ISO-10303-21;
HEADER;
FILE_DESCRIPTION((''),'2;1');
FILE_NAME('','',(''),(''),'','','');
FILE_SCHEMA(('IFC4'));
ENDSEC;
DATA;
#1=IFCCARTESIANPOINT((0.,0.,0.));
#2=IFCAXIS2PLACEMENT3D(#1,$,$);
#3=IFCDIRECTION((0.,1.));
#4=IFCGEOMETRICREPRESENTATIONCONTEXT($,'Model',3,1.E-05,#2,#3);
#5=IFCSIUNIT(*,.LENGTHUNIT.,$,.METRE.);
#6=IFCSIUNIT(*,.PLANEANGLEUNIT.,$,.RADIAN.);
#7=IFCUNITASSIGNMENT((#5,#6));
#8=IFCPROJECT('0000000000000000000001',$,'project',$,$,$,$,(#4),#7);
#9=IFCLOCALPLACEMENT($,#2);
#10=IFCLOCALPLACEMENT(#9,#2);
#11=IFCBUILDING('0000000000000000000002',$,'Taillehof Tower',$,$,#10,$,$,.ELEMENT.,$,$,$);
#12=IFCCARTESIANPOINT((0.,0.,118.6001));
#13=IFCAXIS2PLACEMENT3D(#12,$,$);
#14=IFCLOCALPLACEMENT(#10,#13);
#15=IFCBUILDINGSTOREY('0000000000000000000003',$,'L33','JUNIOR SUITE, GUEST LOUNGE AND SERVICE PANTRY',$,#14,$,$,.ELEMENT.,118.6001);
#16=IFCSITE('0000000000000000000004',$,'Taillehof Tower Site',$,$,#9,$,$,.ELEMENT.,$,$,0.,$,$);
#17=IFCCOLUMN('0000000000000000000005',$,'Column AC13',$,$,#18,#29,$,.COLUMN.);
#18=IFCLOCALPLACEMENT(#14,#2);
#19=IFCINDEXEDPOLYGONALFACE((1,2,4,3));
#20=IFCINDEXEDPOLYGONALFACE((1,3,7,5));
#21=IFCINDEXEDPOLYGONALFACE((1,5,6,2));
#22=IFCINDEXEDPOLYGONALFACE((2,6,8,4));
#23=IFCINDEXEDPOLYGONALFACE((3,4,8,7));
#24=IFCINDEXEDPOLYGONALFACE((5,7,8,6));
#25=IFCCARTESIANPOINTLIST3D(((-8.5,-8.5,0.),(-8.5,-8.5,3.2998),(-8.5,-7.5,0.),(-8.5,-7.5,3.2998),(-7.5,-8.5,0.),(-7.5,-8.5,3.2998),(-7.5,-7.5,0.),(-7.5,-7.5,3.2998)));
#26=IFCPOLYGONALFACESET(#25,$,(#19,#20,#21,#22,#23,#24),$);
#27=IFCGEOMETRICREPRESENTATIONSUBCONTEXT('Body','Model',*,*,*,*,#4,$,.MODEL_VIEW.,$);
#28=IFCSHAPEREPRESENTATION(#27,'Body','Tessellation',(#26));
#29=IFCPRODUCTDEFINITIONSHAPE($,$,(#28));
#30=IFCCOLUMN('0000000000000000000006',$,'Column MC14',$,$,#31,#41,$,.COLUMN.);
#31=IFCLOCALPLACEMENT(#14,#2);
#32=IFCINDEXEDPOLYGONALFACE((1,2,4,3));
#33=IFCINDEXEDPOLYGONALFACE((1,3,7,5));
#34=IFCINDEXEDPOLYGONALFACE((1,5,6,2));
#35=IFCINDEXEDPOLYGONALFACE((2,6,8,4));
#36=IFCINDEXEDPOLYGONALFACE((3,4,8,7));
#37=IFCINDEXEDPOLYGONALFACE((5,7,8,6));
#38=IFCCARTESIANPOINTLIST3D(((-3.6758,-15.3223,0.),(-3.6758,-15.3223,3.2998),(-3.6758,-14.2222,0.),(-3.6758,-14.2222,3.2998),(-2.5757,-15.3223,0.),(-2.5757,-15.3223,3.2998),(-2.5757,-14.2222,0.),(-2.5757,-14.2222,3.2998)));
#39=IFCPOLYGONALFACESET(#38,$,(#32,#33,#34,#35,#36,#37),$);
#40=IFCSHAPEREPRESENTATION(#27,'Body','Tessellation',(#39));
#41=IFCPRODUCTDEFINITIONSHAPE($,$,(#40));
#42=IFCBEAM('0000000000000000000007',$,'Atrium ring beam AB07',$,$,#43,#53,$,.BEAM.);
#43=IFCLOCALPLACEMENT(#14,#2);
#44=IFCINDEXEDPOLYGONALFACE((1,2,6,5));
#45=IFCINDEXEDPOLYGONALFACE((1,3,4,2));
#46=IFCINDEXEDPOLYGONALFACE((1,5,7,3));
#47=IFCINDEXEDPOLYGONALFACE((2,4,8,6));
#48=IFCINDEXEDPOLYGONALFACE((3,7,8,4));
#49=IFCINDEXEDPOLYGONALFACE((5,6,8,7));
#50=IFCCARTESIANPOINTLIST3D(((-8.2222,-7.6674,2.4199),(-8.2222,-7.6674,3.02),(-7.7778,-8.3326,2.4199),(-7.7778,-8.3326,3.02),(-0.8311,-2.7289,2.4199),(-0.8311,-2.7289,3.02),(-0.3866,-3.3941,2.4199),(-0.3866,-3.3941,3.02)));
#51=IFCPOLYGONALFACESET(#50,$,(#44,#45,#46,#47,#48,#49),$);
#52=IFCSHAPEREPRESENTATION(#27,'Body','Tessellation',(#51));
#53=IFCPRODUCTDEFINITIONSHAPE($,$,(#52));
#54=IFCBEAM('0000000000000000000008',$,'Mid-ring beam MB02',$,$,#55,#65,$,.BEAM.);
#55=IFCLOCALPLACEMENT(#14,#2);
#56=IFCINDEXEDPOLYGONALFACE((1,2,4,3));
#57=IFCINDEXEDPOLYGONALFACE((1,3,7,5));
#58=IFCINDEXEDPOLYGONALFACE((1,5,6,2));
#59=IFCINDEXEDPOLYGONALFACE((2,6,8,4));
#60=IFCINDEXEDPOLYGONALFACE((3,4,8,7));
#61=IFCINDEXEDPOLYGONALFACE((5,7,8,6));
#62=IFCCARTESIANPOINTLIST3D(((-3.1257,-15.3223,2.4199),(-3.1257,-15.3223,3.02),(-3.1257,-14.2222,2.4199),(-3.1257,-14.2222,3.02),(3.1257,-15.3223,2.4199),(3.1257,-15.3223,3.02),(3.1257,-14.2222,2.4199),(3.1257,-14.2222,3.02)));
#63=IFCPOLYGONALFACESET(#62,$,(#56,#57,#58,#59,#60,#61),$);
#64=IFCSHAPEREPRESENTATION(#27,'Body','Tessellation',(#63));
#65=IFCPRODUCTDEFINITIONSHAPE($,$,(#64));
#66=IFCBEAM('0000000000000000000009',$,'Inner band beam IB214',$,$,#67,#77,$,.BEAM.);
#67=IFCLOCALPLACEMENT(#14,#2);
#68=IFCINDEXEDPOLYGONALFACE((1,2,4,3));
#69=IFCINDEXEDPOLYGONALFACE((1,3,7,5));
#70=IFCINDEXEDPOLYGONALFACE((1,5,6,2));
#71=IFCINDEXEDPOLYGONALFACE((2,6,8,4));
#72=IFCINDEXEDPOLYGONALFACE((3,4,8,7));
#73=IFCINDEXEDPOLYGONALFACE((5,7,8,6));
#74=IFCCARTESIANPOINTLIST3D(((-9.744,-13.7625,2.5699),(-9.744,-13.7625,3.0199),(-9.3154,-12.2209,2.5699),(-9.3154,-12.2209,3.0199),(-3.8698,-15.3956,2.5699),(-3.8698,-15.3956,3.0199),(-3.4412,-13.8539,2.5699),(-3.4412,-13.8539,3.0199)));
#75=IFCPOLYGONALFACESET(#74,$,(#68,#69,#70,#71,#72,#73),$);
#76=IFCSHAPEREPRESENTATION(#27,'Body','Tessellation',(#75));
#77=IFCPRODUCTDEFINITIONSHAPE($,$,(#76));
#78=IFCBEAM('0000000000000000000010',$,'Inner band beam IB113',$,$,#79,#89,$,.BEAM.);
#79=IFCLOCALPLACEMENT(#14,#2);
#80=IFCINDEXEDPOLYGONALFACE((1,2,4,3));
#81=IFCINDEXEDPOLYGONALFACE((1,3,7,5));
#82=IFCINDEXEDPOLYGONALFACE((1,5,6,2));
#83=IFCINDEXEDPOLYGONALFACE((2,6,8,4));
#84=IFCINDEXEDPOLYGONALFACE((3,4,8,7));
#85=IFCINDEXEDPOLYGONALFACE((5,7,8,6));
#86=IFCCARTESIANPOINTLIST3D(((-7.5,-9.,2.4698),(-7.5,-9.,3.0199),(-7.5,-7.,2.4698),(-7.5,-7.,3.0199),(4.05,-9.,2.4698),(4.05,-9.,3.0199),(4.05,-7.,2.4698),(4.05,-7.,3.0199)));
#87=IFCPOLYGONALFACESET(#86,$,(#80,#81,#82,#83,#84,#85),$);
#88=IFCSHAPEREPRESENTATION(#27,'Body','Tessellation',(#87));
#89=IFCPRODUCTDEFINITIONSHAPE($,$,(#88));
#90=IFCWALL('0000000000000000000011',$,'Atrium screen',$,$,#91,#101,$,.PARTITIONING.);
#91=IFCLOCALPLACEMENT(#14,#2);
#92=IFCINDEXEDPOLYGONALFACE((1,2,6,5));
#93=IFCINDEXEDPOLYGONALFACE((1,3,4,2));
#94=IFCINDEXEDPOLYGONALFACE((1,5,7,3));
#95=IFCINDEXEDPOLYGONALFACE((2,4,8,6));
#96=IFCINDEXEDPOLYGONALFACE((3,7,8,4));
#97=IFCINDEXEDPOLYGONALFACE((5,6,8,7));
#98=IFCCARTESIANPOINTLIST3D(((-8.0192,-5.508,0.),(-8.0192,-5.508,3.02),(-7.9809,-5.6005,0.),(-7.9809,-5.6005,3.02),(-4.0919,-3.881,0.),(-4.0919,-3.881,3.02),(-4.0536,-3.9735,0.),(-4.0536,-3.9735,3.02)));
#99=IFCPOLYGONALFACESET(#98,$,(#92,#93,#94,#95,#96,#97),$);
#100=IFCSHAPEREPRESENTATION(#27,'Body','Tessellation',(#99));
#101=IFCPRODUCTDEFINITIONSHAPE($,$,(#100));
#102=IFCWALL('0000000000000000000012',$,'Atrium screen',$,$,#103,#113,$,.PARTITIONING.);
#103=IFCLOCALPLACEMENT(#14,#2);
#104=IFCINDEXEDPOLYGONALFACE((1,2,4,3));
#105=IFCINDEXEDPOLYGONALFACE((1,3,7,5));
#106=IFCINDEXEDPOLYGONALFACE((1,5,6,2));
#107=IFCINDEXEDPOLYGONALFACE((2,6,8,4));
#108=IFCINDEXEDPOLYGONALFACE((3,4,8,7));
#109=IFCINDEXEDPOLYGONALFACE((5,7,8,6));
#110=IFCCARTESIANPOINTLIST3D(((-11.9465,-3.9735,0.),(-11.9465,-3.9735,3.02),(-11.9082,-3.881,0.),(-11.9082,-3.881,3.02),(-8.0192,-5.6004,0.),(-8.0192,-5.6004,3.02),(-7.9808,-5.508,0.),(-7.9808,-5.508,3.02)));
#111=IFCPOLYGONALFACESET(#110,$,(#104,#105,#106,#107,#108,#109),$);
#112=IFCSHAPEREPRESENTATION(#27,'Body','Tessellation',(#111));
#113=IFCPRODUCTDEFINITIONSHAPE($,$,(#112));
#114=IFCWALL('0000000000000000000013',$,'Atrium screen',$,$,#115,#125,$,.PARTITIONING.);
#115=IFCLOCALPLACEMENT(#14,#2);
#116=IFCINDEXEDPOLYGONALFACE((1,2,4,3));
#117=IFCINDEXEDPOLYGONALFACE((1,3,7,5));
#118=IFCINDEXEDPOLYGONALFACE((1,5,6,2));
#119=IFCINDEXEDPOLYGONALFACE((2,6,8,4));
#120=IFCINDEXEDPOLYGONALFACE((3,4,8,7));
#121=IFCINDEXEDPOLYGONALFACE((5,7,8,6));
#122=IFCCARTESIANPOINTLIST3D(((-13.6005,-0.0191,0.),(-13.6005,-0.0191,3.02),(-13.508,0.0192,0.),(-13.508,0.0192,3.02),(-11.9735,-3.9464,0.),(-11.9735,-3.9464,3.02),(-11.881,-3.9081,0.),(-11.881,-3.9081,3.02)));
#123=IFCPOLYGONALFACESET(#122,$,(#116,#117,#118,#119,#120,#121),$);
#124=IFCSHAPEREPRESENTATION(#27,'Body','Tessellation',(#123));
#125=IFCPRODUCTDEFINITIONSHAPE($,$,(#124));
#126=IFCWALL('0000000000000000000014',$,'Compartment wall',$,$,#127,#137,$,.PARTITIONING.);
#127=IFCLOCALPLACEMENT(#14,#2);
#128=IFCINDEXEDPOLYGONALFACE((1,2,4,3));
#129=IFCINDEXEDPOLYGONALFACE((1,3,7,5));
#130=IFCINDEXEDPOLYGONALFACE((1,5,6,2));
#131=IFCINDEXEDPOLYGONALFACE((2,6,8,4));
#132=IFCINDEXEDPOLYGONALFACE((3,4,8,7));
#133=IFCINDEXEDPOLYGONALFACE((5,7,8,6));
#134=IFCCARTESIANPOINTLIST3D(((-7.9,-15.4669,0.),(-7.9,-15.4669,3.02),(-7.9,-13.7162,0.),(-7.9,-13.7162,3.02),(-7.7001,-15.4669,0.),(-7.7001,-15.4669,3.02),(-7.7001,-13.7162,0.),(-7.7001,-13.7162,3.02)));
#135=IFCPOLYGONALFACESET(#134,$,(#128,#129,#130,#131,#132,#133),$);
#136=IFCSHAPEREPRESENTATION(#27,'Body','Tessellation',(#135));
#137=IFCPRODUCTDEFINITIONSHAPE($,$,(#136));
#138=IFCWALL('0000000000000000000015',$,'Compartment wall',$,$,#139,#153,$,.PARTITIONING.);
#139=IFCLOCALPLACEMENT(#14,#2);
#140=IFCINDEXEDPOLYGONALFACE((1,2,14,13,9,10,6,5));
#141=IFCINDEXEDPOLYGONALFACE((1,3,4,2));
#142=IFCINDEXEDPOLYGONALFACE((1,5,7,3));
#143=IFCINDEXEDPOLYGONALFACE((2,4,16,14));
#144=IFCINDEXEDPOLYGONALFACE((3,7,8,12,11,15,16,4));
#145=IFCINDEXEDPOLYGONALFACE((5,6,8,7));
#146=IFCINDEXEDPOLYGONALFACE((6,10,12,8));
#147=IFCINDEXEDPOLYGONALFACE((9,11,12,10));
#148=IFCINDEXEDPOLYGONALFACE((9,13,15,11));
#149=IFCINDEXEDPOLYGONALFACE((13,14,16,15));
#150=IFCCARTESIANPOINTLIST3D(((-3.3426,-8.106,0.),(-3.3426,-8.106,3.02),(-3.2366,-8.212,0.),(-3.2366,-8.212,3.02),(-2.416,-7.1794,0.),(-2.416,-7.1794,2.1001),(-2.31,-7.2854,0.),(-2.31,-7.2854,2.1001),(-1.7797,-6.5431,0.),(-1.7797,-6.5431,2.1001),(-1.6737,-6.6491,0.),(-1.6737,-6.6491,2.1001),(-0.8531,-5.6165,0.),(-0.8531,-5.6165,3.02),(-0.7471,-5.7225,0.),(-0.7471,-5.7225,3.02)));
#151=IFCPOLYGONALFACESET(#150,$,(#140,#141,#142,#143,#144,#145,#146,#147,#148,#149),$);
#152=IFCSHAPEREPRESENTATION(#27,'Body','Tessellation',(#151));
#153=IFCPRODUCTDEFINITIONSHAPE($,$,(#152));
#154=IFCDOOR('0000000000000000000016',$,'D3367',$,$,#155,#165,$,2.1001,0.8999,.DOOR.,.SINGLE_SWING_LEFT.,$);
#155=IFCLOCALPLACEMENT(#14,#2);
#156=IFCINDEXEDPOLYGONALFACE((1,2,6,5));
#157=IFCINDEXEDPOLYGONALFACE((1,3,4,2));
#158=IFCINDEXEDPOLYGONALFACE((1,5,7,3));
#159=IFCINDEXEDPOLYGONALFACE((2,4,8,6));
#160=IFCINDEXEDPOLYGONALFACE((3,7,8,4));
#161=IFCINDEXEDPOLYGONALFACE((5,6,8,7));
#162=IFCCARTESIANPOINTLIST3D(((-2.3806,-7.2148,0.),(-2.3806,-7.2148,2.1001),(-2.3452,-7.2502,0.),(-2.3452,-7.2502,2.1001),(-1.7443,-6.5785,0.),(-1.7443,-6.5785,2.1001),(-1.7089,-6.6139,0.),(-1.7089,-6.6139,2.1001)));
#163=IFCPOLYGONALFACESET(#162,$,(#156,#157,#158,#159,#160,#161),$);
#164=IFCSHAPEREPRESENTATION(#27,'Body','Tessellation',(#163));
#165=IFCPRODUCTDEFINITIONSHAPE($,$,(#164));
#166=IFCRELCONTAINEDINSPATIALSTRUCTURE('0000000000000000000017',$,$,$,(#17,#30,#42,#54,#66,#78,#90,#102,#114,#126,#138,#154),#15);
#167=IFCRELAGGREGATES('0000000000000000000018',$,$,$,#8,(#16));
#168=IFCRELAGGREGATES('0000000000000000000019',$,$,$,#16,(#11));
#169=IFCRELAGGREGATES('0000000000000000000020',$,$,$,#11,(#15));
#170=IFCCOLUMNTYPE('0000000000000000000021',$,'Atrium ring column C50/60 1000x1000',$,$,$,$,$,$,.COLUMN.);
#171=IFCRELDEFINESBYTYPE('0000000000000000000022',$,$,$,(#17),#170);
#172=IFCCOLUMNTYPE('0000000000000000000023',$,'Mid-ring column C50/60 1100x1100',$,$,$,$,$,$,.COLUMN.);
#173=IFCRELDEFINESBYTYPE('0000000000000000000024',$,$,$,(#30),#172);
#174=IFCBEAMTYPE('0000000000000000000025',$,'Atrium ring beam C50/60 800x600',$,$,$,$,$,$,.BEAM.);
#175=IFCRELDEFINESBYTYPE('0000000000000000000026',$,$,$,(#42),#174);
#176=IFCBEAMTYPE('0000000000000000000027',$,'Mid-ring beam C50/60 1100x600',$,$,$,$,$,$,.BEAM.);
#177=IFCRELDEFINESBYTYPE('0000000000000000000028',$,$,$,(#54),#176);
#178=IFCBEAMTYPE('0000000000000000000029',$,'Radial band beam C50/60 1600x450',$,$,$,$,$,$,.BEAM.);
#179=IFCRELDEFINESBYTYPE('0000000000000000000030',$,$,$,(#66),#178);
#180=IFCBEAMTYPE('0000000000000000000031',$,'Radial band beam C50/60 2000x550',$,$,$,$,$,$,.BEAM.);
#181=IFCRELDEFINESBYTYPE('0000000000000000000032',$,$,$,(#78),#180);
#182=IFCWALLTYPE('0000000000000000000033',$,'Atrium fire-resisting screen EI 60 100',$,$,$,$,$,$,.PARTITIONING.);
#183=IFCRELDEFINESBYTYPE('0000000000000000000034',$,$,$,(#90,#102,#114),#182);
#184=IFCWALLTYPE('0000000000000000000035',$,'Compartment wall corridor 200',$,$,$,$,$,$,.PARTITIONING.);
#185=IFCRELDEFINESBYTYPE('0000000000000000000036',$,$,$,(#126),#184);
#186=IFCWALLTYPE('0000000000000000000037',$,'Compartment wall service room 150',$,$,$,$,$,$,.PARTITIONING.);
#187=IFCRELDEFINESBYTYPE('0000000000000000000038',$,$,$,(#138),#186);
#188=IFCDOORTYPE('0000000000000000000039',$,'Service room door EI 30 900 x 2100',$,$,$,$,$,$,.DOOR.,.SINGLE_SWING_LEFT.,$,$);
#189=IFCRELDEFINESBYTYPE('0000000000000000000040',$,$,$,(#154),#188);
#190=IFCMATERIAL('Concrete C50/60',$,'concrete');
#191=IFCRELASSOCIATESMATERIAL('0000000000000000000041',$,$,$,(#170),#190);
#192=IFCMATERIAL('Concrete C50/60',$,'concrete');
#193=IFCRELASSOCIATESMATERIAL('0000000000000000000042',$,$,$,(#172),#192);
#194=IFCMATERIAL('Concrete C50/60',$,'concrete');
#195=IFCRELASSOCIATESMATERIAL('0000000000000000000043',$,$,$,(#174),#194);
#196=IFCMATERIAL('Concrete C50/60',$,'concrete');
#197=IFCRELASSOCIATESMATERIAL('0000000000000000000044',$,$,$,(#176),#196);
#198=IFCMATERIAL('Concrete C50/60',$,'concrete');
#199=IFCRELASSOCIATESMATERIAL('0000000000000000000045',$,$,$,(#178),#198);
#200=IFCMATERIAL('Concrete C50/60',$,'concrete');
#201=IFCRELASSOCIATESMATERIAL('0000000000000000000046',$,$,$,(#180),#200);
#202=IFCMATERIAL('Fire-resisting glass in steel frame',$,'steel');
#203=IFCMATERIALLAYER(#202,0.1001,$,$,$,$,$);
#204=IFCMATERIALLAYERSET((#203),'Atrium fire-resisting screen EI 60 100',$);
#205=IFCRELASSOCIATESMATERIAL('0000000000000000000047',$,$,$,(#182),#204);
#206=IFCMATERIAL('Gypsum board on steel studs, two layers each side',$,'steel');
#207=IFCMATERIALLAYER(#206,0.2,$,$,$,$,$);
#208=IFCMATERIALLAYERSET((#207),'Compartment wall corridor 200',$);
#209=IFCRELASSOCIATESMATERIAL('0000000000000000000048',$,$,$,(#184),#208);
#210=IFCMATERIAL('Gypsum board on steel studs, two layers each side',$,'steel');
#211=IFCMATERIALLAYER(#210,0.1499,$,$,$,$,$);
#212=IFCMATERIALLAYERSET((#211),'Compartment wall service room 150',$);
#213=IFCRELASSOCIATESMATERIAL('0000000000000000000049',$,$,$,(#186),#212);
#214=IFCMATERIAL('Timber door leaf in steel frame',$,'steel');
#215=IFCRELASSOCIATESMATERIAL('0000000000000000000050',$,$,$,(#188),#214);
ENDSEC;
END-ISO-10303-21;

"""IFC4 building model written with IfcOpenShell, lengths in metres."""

from ifc_helpers import new_model, si_unit, direction, frame, frame_2d, origin, origin_2d, place, context, subcontext, project, spatial, rectangle, extrude, material, layer, layer_set, material_profile, profile_set, type_object, element, fill, save


model = new_model("IFC4")

# Units and contexts
model_context = context("Model", 3, precision=1e-05, world=origin(), true_north=direction((0.0, 1.0)))
body_context = subcontext(model_context, "Body", "Model", "MODEL_VIEW")
ifc_project = project(units=[si_unit("LENGTHUNIT", "METRE"), si_unit("PLANEANGLEUNIT", "RADIAN")], contexts=[model_context])

# Site, building, storey
site_placement = place(None, origin())
site = spatial("IfcSite", under=ifc_project, at=site_placement, Name="Taillehof Tower Site", CompositionType="ELEMENT", RefElevation=0.0)
building_placement = place(site_placement, origin())
building = spatial("IfcBuilding", under=site, at=building_placement, Name="Taillehof Tower", CompositionType="ELEMENT")
storey_placement = place(building_placement, frame((0.0, 0.0, 118.6001)))
storey = spatial("IfcBuildingStorey", under=building, at=storey_placement, Name="L33", Description="JUNIOR SUITE, GUEST LOUNGE AND SERVICE PANTRY", CompositionType="ELEMENT", Elevation=118.6001)

# Columns
ifc_material_1 = material(Name="Concrete C50/60", Category="concrete")
ifc_material_profile_1 = material_profile(ifc_material_1, rectangle(XDim=1.0, YDim=1.0, at=origin_2d()), Name="RC 1000x1000")
ifc_profile_set_1 = profile_set([ifc_material_profile_1], Name="Concrete C50/60")
column_type_1 = type_object("IfcColumnType", Name="Atrium ring column C50/60 1000x1000", PredefinedType="COLUMN", material=ifc_profile_set_1)
column_1_placement = place(storey_placement, frame((-8.0, -8.0, 0.0), z_axis=(0.0, 0.0, 1.0), x_axis=(1.0, 0.0, 0.0)))
element("IfcColumn", 1, at=column_1_placement, inside=storey, type_object=column_type_1, Name="Column AC13", PredefinedType="COLUMN", context=body_context, shape_type="SweptSolid", body=[
    extrude(rectangle(XDim=1.0, YDim=1.0, at=origin_2d()), origin(), (0.0, 0.0, 1.0), 3.2998),
])
ifc_material_2 = material(Name="Concrete C50/60", Category="concrete")
ifc_material_profile_2 = material_profile(ifc_material_2, rectangle(XDim=1.1001, YDim=1.1001, at=origin_2d()), Name="RC 1100x1100")
ifc_profile_set_2 = profile_set([ifc_material_profile_2], Name="Concrete C50/60")
column_type_2 = type_object("IfcColumnType", Name="Mid-ring column C50/60 1100x1100", PredefinedType="COLUMN", material=ifc_profile_set_2)
column_2_placement = place(storey_placement, frame((-3.1257, -14.7722, 0.0), z_axis=(0.0, 0.0, 1.0), x_axis=(1.0, 0.0, 0.0)))
element("IfcColumn", 2, at=column_2_placement, inside=storey, type_object=column_type_2, Name="Column MC14", PredefinedType="COLUMN", context=body_context, shape_type="SweptSolid", body=[
    extrude(rectangle(XDim=1.1001, YDim=1.1001, at=origin_2d()), origin(), (0.0, 0.0, 1.0), 3.2998),
])

# Beams
ifc_material_3 = material(Name="Concrete C50/60", Category="concrete")
ifc_material_profile_3 = material_profile(ifc_material_3, rectangle(XDim=0.8, YDim=0.6001, at=origin_2d()), Name="RC 800x600")
ifc_profile_set_3 = profile_set([ifc_material_profile_3], Name="Concrete C50/60")
beam_type_1 = type_object("IfcBeamType", Name="Atrium ring beam C50/60 800x600", PredefinedType="BEAM", material=ifc_profile_set_3)
beam_1_placement = place(storey_placement, frame((-8.0, -8.0, 2.72), z_axis=(0.831475, 0.555562, 0.0), x_axis=(-0.555562, 0.831475, 0.0)))
element("IfcBeam", 3, at=beam_1_placement, inside=storey, type_object=beam_type_1, Name="Atrium ring beam AB07", PredefinedType="BEAM", context=body_context, shape_type="SweptSolid", body=[
    extrude(rectangle(XDim=0.8, YDim=0.6001, at=origin_2d()), origin(), (0.0, 0.0, 1.0), 8.8892),
])
ifc_material_4 = material(Name="Concrete C50/60", Category="concrete")
ifc_material_profile_4 = material_profile(ifc_material_4, rectangle(XDim=1.1001, YDim=0.6001, at=origin_2d()), Name="RC 1100x600")
ifc_profile_set_4 = profile_set([ifc_material_profile_4], Name="Concrete C50/60")
beam_type_2 = type_object("IfcBeamType", Name="Mid-ring beam C50/60 1100x600", PredefinedType="BEAM", material=ifc_profile_set_4)
beam_2_placement = place(storey_placement, frame((-3.1257, -14.7722, 2.72), z_axis=(1.0, 0.0, 0.0), x_axis=(0.0, 1.0, 0.0)))
element("IfcBeam", 4, at=beam_2_placement, inside=storey, type_object=beam_type_2, Name="Mid-ring beam MB02", PredefinedType="BEAM", context=body_context, shape_type="SweptSolid", body=[
    extrude(rectangle(XDim=1.1001, YDim=0.6001, at=origin_2d()), origin(), (0.0, 0.0, 1.0), 6.2515),
])
ifc_material_5 = material(Name="Concrete C50/60", Category="concrete")
ifc_material_profile_5 = material_profile(ifc_material_5, rectangle(XDim=1.6001, YDim=0.45, at=origin_2d()), Name="RC 1600x450")
ifc_profile_set_5 = profile_set([ifc_material_profile_5], Name="Concrete C50/60")
beam_type_3 = type_object("IfcBeamType", Name="Radial band beam C50/60 1600x450", PredefinedType="BEAM", material=ifc_profile_set_5)
beam_3_placement = place(storey_placement, frame((-3.6555, -14.6248, 2.7949), z_axis=(-0.963459, 0.267855, 0.0), x_axis=(-0.267855, -0.963459, 0.0)))
element("IfcBeam", 5, at=beam_3_placement, inside=storey, type_object=beam_type_3, Name="Inner band beam IB214", PredefinedType="BEAM", context=body_context, shape_type="SweptSolid", body=[
    extrude(rectangle(XDim=1.6001, YDim=0.45, at=origin_2d()), origin(), (0.0, 0.0, 1.0), 6.0969),
])
ifc_material_6 = material(Name="Concrete C50/60", Category="concrete")
ifc_material_profile_6 = material_profile(ifc_material_6, rectangle(XDim=2.0, YDim=0.55, at=origin_2d()), Name="RC 2000x550")
ifc_profile_set_6 = profile_set([ifc_material_profile_6], Name="Concrete C50/60")
beam_type_4 = type_object("IfcBeamType", Name="Radial band beam C50/60 2000x550", PredefinedType="BEAM", material=ifc_profile_set_6)
beam_4_placement = place(storey_placement, frame((-7.5, -8.0, 2.7449), z_axis=(1.0, 0.0, 0.0), x_axis=(0.0, 1.0, 0.0)))
element("IfcBeam", 6, at=beam_4_placement, inside=storey, type_object=beam_type_4, Name="Inner band beam IB113", PredefinedType="BEAM", context=body_context, shape_type="SweptSolid", body=[
    extrude(rectangle(XDim=2.0, YDim=0.55, at=origin_2d()), origin(), (0.0, 0.0, 1.0), 11.55),
])

# Walls
ifc_material_7 = material(Name="Fire-resisting glass in steel frame", Category="steel")
ifc_layer_1 = layer(ifc_material_7, 0.1001)
ifc_layer_set_1 = layer_set([ifc_layer_1], Name="Atrium fire-resisting screen EI 60 100")
wall_type_1 = type_object("IfcWallType", Name="Atrium fire-resisting screen EI 60 100", PredefinedType="PARTITIONING", material=ifc_layer_set_1)
for number, where, z_axis, x_axis, name in (
    (7, (-4.0728, -3.9272, 0.0), (0.0, 0.0, 1.0), (-0.92386, -0.382731, 0.0), "Atrium screen"),
    (8, (-8.0, -5.5542, 0.0), (0.0, 0.0, 1.0), (-0.92386, 0.382731, 0.0), "Atrium screen"),
    (9, (-11.9272, -3.9272, 0.0), (0.0, 0.0, 1.0), (-0.382731, 0.92386, 0.0), "Atrium screen"),
):
    element("IfcWall", number, at=place(storey_placement, frame(where, z_axis=z_axis, x_axis=x_axis)), inside=storey, type_object=wall_type_1, Name=name, PredefinedType="PARTITIONING", context=body_context, shape_type="SweptSolid", body=[
        extrude(rectangle(XDim=4.251, YDim=0.1001, at=frame_2d((2.1255, 0.0))), origin(), (0.0, 0.0, 1.0), 3.02),
    ])
ifc_material_8 = material(Name="Gypsum board on steel studs, two layers each side", Category="steel")
ifc_layer_2 = layer(ifc_material_8, 0.2)
ifc_layer_set_2 = layer_set([ifc_layer_2], Name="Compartment wall corridor 200")
wall_type_2 = type_object("IfcWallType", Name="Compartment wall corridor 200", PredefinedType="PARTITIONING", material=ifc_layer_set_2)
wall_1_placement = place(storey_placement, frame((-7.8, -13.7161, 0.0), z_axis=(0.0, 0.0, 1.0), x_axis=(0.0, -1.0, 0.0)))
element("IfcWall", 10, at=wall_1_placement, inside=storey, type_object=wall_type_2, Name="Compartment wall", PredefinedType="PARTITIONING", context=body_context, shape_type="SweptSolid", body=[
    extrude(rectangle(XDim=1.7507, YDim=0.2, at=frame_2d((0.8755, 0.0))), origin(), (0.0, 0.0, 1.0), 3.02),
])

# Wall, opening, door
ifc_material_9 = material(Name="Gypsum board on steel studs, two layers each side", Category="steel")
ifc_layer_3 = layer(ifc_material_9, 0.1499)
ifc_layer_set_3 = layer_set([ifc_layer_3], Name="Compartment wall service room 150")
wall_type_3 = type_object("IfcWallType", Name="Compartment wall service room 150", PredefinedType="PARTITIONING", material=ifc_layer_set_3)
wall_2_placement = place(storey_placement, frame((-3.2896, -8.1589, 0.0), z_axis=(0.0, 0.0, 1.0), x_axis=(0.707107, 0.707107, 0.0)))
wall_2 = element("IfcWall", 11, at=wall_2_placement, inside=storey, type_object=wall_type_3, Name="Compartment wall", PredefinedType="PARTITIONING", context=body_context, shape_type="SweptSolid", body=[
    extrude(rectangle(XDim=3.5208, YDim=0.1499, at=frame_2d((1.7603, 0.0))), origin(), (0.0, 0.0, 1.0), 3.02),
])
opening_1_placement = place(wall_2_placement, frame((1.3103, 0.0, 0.0)))
opening_1 = element("IfcOpeningElement", 12, at=opening_1_placement, cuts=wall_2, PredefinedType="OPENING", context=body_context, shape_type="SweptSolid", body=[
    extrude(rectangle(XDim=0.8999, YDim=2.1001, at=frame_2d((0.45, 1.05))), frame((0.0, 0.085, 0.0), z_axis=(0.0, -1.0, 0.0), x_axis=(1.0, 0.0, 0.0)), (0.0, 0.0, 1.0), 0.1699),
])
ifc_material_10 = material(Name="Timber door leaf in steel frame", Category="steel")
door_type_1 = type_object("IfcDoorType", Name="Service room door EI 30 900 x 2100", OperationType="SINGLE_SWING_LEFT", PredefinedType="DOOR", material=ifc_material_10)
door_1_placement = place(opening_1_placement, origin())
door_1 = element("IfcDoor", 13, at=door_1_placement, inside=storey, type_object=door_type_1, Name="D3367", OperationType="SINGLE_SWING_LEFT", OverallHeight=2.1001, OverallWidth=0.8999, PredefinedType="DOOR", context=body_context, shape_type="SweptSolid", body=[
    extrude(rectangle(XDim=0.8999, YDim=2.1001, at=frame_2d((0.45, 1.05))), frame((0.0, 0.0249, 0.0), z_axis=(0.0, -1.0, 0.0), x_axis=(1.0, 0.0, 0.0)), (0.0, 0.0, 1.0), 0.05),
])
fill(opening_1, door_1)

save(model, "model.ifc")
